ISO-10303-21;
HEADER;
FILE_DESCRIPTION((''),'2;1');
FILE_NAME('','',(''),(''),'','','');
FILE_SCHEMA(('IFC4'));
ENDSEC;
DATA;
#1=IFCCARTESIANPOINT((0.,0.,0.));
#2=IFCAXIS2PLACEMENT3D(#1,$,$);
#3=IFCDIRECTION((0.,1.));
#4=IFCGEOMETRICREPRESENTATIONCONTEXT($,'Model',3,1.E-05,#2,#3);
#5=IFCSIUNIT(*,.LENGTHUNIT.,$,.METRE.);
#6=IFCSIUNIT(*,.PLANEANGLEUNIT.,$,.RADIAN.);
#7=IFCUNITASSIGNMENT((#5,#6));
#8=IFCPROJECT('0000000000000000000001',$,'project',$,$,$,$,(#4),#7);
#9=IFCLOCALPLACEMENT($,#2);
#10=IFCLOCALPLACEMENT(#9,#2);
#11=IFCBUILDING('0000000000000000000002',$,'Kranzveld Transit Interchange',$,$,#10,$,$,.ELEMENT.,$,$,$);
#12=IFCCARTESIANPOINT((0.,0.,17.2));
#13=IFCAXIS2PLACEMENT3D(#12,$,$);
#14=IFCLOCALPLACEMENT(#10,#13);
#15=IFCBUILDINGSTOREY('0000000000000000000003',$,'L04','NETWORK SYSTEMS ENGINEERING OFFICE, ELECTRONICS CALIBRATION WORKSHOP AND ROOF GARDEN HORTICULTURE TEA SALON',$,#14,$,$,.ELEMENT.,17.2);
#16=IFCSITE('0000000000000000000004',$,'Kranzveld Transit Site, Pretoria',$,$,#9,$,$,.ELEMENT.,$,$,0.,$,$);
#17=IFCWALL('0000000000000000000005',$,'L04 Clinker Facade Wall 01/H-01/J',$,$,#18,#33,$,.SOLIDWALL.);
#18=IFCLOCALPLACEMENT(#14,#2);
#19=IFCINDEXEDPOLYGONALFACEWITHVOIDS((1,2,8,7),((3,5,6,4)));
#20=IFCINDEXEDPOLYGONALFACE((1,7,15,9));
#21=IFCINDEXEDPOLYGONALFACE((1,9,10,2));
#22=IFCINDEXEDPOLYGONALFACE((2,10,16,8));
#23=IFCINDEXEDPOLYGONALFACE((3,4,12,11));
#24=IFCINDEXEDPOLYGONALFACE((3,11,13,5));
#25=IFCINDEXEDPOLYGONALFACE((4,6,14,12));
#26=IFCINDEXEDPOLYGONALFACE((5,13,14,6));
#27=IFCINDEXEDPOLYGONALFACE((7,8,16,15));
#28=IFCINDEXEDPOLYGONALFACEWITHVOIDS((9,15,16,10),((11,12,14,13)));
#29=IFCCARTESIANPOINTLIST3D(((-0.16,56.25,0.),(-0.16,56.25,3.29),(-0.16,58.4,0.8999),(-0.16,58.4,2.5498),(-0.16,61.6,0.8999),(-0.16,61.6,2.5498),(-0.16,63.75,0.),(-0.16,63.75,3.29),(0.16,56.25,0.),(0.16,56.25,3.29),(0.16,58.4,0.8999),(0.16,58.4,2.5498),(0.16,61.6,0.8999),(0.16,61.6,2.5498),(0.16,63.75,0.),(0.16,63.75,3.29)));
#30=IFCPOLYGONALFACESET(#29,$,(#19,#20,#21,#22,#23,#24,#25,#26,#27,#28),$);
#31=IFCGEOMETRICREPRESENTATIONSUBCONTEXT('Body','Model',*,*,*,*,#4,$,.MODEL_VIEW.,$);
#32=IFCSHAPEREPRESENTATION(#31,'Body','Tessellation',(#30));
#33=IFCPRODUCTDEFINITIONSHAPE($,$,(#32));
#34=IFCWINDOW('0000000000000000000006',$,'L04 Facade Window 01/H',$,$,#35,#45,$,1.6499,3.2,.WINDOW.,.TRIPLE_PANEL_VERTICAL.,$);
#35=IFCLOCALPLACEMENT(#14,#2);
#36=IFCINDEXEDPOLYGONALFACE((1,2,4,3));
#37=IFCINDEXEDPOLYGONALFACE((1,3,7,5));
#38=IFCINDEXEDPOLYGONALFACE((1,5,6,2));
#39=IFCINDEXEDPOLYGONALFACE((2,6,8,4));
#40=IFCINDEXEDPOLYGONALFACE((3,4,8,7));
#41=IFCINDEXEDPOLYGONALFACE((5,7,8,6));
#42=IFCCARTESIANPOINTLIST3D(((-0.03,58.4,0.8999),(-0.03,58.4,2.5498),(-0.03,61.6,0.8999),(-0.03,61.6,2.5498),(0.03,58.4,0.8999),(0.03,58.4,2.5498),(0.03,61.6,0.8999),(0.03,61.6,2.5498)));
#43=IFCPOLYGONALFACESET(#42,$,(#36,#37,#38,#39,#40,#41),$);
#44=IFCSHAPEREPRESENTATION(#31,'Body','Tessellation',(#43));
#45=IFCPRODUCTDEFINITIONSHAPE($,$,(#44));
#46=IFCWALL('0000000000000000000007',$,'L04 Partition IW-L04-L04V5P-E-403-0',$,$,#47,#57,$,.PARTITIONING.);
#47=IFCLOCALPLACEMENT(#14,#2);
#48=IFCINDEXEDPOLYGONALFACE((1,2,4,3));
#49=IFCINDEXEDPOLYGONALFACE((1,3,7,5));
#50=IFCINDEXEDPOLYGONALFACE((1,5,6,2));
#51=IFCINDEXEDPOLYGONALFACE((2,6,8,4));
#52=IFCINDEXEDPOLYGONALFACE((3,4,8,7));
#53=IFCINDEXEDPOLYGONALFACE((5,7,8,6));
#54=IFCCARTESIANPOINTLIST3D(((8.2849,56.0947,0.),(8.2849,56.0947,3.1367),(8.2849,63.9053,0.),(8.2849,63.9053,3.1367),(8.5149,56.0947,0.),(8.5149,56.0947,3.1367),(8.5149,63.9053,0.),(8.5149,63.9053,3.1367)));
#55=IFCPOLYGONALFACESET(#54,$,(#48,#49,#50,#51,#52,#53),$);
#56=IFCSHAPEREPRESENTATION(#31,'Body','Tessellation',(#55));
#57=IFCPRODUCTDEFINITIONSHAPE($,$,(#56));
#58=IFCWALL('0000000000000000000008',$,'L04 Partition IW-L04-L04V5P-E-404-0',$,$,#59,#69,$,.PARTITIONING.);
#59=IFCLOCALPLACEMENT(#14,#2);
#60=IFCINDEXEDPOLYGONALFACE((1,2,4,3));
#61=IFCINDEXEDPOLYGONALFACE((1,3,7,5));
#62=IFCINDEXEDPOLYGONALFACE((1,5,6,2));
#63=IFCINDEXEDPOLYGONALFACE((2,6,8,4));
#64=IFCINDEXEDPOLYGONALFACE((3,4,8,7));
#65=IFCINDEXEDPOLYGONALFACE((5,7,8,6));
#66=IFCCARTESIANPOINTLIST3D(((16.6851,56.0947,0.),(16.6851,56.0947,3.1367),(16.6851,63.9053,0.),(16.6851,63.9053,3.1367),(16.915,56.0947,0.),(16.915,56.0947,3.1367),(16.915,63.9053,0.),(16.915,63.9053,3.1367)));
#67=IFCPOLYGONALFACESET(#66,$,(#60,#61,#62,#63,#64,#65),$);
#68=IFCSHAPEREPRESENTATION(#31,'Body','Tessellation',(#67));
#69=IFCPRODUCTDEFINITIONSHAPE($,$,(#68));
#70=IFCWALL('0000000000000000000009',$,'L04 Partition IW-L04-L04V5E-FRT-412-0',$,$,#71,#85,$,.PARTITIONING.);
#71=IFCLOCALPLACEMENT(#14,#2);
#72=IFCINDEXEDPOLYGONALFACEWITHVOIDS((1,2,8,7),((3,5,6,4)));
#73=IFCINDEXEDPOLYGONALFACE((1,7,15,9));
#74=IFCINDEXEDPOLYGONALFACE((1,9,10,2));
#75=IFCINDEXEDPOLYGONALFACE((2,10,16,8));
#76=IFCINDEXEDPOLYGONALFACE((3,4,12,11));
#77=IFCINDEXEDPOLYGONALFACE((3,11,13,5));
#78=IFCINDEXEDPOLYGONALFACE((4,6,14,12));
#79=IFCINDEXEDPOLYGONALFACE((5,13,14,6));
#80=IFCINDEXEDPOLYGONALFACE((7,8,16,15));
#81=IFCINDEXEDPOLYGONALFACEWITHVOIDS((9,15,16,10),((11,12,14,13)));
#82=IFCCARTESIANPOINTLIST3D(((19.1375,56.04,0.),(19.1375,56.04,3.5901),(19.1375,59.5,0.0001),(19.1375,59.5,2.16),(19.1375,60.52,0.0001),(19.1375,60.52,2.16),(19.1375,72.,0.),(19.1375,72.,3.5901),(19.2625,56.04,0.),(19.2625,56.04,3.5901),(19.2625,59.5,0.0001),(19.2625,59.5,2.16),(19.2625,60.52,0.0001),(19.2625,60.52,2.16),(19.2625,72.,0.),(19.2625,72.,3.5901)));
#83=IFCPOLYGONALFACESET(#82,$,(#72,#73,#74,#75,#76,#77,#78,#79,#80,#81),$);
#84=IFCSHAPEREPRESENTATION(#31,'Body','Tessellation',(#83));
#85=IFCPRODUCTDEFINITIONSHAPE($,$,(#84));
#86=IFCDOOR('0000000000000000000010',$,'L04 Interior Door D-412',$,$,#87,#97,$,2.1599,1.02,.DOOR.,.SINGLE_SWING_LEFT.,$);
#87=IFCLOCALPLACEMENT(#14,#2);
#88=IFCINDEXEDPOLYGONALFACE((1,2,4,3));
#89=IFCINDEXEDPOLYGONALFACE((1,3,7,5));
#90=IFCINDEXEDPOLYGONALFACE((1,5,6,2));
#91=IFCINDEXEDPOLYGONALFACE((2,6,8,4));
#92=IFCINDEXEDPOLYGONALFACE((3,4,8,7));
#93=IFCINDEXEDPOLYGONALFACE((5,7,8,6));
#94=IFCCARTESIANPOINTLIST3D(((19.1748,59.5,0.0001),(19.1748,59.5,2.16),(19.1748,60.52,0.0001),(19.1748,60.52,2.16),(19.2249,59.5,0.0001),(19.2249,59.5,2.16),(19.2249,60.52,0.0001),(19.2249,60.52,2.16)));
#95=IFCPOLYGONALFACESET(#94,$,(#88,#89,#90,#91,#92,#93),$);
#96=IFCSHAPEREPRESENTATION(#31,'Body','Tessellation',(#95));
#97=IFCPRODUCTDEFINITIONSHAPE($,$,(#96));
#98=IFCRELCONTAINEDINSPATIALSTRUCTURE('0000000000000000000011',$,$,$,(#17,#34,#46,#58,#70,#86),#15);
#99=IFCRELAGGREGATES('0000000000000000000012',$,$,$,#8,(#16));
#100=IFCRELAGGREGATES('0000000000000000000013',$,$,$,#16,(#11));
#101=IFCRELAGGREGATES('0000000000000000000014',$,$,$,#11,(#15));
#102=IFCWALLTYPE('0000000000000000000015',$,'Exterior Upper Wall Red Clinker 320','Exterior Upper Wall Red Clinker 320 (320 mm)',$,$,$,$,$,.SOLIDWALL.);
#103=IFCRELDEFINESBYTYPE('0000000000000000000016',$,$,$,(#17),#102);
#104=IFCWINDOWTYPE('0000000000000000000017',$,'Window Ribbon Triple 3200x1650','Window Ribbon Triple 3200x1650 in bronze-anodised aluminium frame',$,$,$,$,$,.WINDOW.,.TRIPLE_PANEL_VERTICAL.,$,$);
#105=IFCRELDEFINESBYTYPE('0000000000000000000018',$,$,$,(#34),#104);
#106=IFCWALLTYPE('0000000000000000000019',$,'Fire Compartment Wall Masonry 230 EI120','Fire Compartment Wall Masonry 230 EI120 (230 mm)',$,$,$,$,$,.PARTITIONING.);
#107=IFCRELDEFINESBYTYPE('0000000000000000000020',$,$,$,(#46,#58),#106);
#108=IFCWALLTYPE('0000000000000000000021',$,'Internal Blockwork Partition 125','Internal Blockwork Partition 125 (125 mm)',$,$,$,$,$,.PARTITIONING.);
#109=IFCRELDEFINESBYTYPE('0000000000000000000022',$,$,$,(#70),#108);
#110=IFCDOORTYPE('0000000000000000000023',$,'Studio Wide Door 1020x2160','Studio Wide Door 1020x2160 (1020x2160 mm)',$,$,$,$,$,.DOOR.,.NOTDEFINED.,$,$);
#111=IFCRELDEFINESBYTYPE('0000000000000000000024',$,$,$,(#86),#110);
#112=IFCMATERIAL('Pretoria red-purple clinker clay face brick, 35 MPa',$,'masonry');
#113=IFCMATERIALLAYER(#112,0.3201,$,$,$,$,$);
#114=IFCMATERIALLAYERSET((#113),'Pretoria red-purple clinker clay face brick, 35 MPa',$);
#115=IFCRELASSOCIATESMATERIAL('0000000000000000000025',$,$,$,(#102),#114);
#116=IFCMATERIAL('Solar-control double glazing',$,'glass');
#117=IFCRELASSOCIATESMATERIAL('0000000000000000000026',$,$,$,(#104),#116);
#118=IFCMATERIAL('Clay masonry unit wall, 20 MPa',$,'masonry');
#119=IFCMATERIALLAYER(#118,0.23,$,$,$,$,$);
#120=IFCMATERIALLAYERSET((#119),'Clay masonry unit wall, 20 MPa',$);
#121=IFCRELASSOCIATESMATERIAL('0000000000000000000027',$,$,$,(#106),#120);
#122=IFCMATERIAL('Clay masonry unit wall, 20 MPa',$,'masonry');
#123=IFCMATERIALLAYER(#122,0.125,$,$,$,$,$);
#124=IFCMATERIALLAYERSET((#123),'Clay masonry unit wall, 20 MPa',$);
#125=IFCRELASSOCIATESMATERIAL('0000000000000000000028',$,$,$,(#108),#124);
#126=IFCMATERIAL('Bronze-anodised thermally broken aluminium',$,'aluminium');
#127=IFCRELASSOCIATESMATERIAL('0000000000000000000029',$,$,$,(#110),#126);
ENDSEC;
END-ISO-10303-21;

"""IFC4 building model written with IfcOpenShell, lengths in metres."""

from ifc_helpers import new_model, si_unit, direction, frame, frame_2d, origin, place, context, subcontext, project, spatial, rectangle, extrude, material, layer, layer_set, type_object, element, fill, save


model = new_model("IFC4")

# Units and contexts
model_context = context("Model", 3, precision=1e-05, world=origin(), true_north=direction((0.0, 1.0)))
body_context = subcontext(model_context, "Body", "Model", "MODEL_VIEW")
ifc_project = project(units=[si_unit("LENGTHUNIT", "METRE"), si_unit("PLANEANGLEUNIT", "RADIAN")], contexts=[model_context])

# Site, building, storey
site_placement = place(None, origin())
site = spatial("IfcSite", under=ifc_project, at=site_placement, Name="Kranzveld Transit Site, Pretoria", CompositionType="ELEMENT", RefElevation=0.0)
building_placement = place(site_placement, origin())
building = spatial("IfcBuilding", under=site, at=building_placement, Name="Kranzveld Transit Interchange", CompositionType="ELEMENT")
storey_placement = place(building_placement, frame((0.0, 0.0, 17.2)))
storey = spatial("IfcBuildingStorey", under=building, at=storey_placement, Name="L04", Description="NETWORK SYSTEMS ENGINEERING OFFICE, ELECTRONICS CALIBRATION WORKSHOP AND ROOF GARDEN HORTICULTURE TEA SALON", CompositionType="ELEMENT", Elevation=17.2)

# Wall, opening, window
ifc_material_1 = material(Name="Pretoria red-purple clinker clay face brick, 35 MPa", Category="masonry")
ifc_layer_1 = layer(ifc_material_1, 0.3201)
ifc_layer_set_1 = layer_set([ifc_layer_1], Name="Pretoria red-purple clinker clay face brick, 35 MPa")
wall_type_1 = type_object("IfcWallType", Name="Exterior Upper Wall Red Clinker 320", Description="Exterior Upper Wall Red Clinker 320 (320 mm)", PredefinedType="SOLIDWALL", material=ifc_layer_set_1)
wall_1_placement = place(storey_placement, frame((0.0, 56.25, 0.0), z_axis=(0.0, 0.0, 1.0), x_axis=(0.0, 1.0, 0.0)))
wall_1 = element("IfcWall", 1, at=wall_1_placement, inside=storey, type_object=wall_type_1, Name="L04 Clinker Facade Wall 01/H-01/J", PredefinedType="SOLIDWALL", context=body_context, shape_type="SweptSolid", body=[
    extrude(rectangle(XDim=7.5, YDim=0.3201, at=frame_2d((3.75, 0.0))), origin(), (0.0, 0.0, 1.0), 3.29),
])
opening_1_placement = place(wall_1_placement, frame((2.1499, 0.0, 0.8999), z_axis=(0.0, 0.0, 1.0), x_axis=(1.0, 0.0, 0.0)))
opening_1 = element("IfcOpeningElement", 2, at=opening_1_placement, cuts=wall_1, PredefinedType="OPENING", context=body_context, shape_type="SweptSolid", body=[
    extrude(rectangle(XDim=3.2, YDim=1.6499, at=frame_2d((1.6001, 0.825))), frame((0.0, 0.1699, 0.0), z_axis=(0.0, -1.0, 0.0), x_axis=(1.0, 0.0, 0.0)), (0.0, 0.0, 1.0), 0.3401),
])
ifc_material_2 = material(Name="Solar-control double glazing", Category="glass")
window_type_1 = type_object("IfcWindowType", Name="Window Ribbon Triple 3200x1650", Description="Window Ribbon Triple 3200x1650 in bronze-anodised aluminium frame", PartitioningType="TRIPLE_PANEL_VERTICAL", PredefinedType="WINDOW", material=ifc_material_2)
window_1_placement = place(opening_1_placement, origin())
window_1 = element("IfcWindow", 3, at=window_1_placement, inside=storey, type_object=window_type_1, Name="L04 Facade Window 01/H", OverallHeight=1.6499, OverallWidth=3.2, PartitioningType="TRIPLE_PANEL_VERTICAL", PredefinedType="WINDOW", context=body_context, shape_type="SweptSolid", body=[
    extrude(rectangle(XDim=3.2, YDim=1.6499, at=frame_2d((1.6001, 0.825))), frame((0.0, 0.03, 0.0), z_axis=(0.0, -1.0, 0.0), x_axis=(1.0, 0.0, 0.0)), (0.0, 0.0, 1.0), 0.0601),
])
fill(opening_1, window_1)

# Walls
ifc_material_3 = material(Name="Clay masonry unit wall, 20 MPa", Category="masonry")
ifc_layer_2 = layer(ifc_material_3, 0.23)
ifc_layer_set_2 = layer_set([ifc_layer_2], Name="Clay masonry unit wall, 20 MPa")
wall_type_2 = type_object("IfcWallType", Name="Fire Compartment Wall Masonry 230 EI120", Description="Fire Compartment Wall Masonry 230 EI120 (230 mm)", PredefinedType="PARTITIONING", material=ifc_layer_set_2)
for number, where, z_axis, x_axis, name in (
    (4, (8.3999, 56.0947, 0.0), (0.0, 0.0, 1.0), (0.0, 1.0, 0.0), "L04 Partition IW-L04-L04V5P-E-403-0"),
    (5, (16.8, 56.0947, 0.0), (0.0, 0.0, 1.0), (0.0, 1.0, 0.0), "L04 Partition IW-L04-L04V5P-E-404-0"),
):
    element("IfcWall", number, at=place(storey_placement, frame(where, z_axis=z_axis, x_axis=x_axis)), inside=storey, type_object=wall_type_2, Name=name, PredefinedType="PARTITIONING", context=body_context, shape_type="SweptSolid", body=[
        extrude(rectangle(XDim=7.8105, YDim=0.23, at=frame_2d((3.9053, 0.0))), origin(), (0.0, 0.0, 1.0), 3.1367),
    ])

# Wall, opening, door
ifc_material_4 = material(Name="Clay masonry unit wall, 20 MPa", Category="masonry")
ifc_layer_3 = layer(ifc_material_4, 0.125)
ifc_layer_set_3 = layer_set([ifc_layer_3], Name="Clay masonry unit wall, 20 MPa")
wall_type_3 = type_object("IfcWallType", Name="Internal Blockwork Partition 125", Description="Internal Blockwork Partition 125 (125 mm)", PredefinedType="PARTITIONING", material=ifc_layer_set_3)
wall_2_placement = place(storey_placement, frame((19.2, 56.04, 0.0), z_axis=(0.0, 0.0, 1.0), x_axis=(0.0, 1.0, 0.0)))
wall_2 = element("IfcWall", 6, at=wall_2_placement, inside=storey, type_object=wall_type_3, Name="L04 Partition IW-L04-L04V5E-FRT-412-0", PredefinedType="PARTITIONING", context=body_context, shape_type="SweptSolid", body=[
    extrude(rectangle(XDim=15.96, YDim=0.125, at=frame_2d((7.98, 0.0))), origin(), (0.0, 0.0, 1.0), 3.5901),
])
opening_2_placement = place(wall_2_placement, frame((4.48, 0.0, 0.0), z_axis=(0.0, 0.0, 1.0), x_axis=(-1.0, 0.0, 0.0)))
opening_2 = element("IfcOpeningElement", 7, at=opening_2_placement, cuts=wall_2, PredefinedType="OPENING", context=body_context, shape_type="SweptSolid", body=[
    extrude(rectangle(XDim=1.02, YDim=2.1599, at=frame_2d((0.51, 1.0801))), frame((0.0, 0.0725, 0.0), z_axis=(0.0, -1.0, 0.0), x_axis=(1.0, 0.0, 0.0)), (0.0, 0.0, 1.0), 0.145),
])
ifc_material_5 = material(Name="Bronze-anodised thermally broken aluminium", Category="aluminium")
door_type = type_object("IfcDoorType", Name="Studio Wide Door 1020x2160", Description="Studio Wide Door 1020x2160 (1020x2160 mm)", OperationType="NOTDEFINED", PredefinedType="DOOR", material=ifc_material_5)
door_placement = place(opening_2_placement, origin())
door = element("IfcDoor", 8, at=door_placement, inside=storey, type_object=door_type, Name="L04 Interior Door D-412", OperationType="SINGLE_SWING_LEFT", OverallHeight=2.1599, OverallWidth=1.02, PredefinedType="DOOR", context=body_context, shape_type="SweptSolid", body=[
    extrude(rectangle(XDim=1.02, YDim=2.1599, at=frame_2d((0.51, 1.0801))), frame((0.0, 0.0249, 0.0), z_axis=(0.0, -1.0, 0.0), x_axis=(1.0, 0.0, 0.0)), (0.0, 0.0, 1.0), 0.05),
])
fill(opening_2, door)

save(model, "model.ifc")
